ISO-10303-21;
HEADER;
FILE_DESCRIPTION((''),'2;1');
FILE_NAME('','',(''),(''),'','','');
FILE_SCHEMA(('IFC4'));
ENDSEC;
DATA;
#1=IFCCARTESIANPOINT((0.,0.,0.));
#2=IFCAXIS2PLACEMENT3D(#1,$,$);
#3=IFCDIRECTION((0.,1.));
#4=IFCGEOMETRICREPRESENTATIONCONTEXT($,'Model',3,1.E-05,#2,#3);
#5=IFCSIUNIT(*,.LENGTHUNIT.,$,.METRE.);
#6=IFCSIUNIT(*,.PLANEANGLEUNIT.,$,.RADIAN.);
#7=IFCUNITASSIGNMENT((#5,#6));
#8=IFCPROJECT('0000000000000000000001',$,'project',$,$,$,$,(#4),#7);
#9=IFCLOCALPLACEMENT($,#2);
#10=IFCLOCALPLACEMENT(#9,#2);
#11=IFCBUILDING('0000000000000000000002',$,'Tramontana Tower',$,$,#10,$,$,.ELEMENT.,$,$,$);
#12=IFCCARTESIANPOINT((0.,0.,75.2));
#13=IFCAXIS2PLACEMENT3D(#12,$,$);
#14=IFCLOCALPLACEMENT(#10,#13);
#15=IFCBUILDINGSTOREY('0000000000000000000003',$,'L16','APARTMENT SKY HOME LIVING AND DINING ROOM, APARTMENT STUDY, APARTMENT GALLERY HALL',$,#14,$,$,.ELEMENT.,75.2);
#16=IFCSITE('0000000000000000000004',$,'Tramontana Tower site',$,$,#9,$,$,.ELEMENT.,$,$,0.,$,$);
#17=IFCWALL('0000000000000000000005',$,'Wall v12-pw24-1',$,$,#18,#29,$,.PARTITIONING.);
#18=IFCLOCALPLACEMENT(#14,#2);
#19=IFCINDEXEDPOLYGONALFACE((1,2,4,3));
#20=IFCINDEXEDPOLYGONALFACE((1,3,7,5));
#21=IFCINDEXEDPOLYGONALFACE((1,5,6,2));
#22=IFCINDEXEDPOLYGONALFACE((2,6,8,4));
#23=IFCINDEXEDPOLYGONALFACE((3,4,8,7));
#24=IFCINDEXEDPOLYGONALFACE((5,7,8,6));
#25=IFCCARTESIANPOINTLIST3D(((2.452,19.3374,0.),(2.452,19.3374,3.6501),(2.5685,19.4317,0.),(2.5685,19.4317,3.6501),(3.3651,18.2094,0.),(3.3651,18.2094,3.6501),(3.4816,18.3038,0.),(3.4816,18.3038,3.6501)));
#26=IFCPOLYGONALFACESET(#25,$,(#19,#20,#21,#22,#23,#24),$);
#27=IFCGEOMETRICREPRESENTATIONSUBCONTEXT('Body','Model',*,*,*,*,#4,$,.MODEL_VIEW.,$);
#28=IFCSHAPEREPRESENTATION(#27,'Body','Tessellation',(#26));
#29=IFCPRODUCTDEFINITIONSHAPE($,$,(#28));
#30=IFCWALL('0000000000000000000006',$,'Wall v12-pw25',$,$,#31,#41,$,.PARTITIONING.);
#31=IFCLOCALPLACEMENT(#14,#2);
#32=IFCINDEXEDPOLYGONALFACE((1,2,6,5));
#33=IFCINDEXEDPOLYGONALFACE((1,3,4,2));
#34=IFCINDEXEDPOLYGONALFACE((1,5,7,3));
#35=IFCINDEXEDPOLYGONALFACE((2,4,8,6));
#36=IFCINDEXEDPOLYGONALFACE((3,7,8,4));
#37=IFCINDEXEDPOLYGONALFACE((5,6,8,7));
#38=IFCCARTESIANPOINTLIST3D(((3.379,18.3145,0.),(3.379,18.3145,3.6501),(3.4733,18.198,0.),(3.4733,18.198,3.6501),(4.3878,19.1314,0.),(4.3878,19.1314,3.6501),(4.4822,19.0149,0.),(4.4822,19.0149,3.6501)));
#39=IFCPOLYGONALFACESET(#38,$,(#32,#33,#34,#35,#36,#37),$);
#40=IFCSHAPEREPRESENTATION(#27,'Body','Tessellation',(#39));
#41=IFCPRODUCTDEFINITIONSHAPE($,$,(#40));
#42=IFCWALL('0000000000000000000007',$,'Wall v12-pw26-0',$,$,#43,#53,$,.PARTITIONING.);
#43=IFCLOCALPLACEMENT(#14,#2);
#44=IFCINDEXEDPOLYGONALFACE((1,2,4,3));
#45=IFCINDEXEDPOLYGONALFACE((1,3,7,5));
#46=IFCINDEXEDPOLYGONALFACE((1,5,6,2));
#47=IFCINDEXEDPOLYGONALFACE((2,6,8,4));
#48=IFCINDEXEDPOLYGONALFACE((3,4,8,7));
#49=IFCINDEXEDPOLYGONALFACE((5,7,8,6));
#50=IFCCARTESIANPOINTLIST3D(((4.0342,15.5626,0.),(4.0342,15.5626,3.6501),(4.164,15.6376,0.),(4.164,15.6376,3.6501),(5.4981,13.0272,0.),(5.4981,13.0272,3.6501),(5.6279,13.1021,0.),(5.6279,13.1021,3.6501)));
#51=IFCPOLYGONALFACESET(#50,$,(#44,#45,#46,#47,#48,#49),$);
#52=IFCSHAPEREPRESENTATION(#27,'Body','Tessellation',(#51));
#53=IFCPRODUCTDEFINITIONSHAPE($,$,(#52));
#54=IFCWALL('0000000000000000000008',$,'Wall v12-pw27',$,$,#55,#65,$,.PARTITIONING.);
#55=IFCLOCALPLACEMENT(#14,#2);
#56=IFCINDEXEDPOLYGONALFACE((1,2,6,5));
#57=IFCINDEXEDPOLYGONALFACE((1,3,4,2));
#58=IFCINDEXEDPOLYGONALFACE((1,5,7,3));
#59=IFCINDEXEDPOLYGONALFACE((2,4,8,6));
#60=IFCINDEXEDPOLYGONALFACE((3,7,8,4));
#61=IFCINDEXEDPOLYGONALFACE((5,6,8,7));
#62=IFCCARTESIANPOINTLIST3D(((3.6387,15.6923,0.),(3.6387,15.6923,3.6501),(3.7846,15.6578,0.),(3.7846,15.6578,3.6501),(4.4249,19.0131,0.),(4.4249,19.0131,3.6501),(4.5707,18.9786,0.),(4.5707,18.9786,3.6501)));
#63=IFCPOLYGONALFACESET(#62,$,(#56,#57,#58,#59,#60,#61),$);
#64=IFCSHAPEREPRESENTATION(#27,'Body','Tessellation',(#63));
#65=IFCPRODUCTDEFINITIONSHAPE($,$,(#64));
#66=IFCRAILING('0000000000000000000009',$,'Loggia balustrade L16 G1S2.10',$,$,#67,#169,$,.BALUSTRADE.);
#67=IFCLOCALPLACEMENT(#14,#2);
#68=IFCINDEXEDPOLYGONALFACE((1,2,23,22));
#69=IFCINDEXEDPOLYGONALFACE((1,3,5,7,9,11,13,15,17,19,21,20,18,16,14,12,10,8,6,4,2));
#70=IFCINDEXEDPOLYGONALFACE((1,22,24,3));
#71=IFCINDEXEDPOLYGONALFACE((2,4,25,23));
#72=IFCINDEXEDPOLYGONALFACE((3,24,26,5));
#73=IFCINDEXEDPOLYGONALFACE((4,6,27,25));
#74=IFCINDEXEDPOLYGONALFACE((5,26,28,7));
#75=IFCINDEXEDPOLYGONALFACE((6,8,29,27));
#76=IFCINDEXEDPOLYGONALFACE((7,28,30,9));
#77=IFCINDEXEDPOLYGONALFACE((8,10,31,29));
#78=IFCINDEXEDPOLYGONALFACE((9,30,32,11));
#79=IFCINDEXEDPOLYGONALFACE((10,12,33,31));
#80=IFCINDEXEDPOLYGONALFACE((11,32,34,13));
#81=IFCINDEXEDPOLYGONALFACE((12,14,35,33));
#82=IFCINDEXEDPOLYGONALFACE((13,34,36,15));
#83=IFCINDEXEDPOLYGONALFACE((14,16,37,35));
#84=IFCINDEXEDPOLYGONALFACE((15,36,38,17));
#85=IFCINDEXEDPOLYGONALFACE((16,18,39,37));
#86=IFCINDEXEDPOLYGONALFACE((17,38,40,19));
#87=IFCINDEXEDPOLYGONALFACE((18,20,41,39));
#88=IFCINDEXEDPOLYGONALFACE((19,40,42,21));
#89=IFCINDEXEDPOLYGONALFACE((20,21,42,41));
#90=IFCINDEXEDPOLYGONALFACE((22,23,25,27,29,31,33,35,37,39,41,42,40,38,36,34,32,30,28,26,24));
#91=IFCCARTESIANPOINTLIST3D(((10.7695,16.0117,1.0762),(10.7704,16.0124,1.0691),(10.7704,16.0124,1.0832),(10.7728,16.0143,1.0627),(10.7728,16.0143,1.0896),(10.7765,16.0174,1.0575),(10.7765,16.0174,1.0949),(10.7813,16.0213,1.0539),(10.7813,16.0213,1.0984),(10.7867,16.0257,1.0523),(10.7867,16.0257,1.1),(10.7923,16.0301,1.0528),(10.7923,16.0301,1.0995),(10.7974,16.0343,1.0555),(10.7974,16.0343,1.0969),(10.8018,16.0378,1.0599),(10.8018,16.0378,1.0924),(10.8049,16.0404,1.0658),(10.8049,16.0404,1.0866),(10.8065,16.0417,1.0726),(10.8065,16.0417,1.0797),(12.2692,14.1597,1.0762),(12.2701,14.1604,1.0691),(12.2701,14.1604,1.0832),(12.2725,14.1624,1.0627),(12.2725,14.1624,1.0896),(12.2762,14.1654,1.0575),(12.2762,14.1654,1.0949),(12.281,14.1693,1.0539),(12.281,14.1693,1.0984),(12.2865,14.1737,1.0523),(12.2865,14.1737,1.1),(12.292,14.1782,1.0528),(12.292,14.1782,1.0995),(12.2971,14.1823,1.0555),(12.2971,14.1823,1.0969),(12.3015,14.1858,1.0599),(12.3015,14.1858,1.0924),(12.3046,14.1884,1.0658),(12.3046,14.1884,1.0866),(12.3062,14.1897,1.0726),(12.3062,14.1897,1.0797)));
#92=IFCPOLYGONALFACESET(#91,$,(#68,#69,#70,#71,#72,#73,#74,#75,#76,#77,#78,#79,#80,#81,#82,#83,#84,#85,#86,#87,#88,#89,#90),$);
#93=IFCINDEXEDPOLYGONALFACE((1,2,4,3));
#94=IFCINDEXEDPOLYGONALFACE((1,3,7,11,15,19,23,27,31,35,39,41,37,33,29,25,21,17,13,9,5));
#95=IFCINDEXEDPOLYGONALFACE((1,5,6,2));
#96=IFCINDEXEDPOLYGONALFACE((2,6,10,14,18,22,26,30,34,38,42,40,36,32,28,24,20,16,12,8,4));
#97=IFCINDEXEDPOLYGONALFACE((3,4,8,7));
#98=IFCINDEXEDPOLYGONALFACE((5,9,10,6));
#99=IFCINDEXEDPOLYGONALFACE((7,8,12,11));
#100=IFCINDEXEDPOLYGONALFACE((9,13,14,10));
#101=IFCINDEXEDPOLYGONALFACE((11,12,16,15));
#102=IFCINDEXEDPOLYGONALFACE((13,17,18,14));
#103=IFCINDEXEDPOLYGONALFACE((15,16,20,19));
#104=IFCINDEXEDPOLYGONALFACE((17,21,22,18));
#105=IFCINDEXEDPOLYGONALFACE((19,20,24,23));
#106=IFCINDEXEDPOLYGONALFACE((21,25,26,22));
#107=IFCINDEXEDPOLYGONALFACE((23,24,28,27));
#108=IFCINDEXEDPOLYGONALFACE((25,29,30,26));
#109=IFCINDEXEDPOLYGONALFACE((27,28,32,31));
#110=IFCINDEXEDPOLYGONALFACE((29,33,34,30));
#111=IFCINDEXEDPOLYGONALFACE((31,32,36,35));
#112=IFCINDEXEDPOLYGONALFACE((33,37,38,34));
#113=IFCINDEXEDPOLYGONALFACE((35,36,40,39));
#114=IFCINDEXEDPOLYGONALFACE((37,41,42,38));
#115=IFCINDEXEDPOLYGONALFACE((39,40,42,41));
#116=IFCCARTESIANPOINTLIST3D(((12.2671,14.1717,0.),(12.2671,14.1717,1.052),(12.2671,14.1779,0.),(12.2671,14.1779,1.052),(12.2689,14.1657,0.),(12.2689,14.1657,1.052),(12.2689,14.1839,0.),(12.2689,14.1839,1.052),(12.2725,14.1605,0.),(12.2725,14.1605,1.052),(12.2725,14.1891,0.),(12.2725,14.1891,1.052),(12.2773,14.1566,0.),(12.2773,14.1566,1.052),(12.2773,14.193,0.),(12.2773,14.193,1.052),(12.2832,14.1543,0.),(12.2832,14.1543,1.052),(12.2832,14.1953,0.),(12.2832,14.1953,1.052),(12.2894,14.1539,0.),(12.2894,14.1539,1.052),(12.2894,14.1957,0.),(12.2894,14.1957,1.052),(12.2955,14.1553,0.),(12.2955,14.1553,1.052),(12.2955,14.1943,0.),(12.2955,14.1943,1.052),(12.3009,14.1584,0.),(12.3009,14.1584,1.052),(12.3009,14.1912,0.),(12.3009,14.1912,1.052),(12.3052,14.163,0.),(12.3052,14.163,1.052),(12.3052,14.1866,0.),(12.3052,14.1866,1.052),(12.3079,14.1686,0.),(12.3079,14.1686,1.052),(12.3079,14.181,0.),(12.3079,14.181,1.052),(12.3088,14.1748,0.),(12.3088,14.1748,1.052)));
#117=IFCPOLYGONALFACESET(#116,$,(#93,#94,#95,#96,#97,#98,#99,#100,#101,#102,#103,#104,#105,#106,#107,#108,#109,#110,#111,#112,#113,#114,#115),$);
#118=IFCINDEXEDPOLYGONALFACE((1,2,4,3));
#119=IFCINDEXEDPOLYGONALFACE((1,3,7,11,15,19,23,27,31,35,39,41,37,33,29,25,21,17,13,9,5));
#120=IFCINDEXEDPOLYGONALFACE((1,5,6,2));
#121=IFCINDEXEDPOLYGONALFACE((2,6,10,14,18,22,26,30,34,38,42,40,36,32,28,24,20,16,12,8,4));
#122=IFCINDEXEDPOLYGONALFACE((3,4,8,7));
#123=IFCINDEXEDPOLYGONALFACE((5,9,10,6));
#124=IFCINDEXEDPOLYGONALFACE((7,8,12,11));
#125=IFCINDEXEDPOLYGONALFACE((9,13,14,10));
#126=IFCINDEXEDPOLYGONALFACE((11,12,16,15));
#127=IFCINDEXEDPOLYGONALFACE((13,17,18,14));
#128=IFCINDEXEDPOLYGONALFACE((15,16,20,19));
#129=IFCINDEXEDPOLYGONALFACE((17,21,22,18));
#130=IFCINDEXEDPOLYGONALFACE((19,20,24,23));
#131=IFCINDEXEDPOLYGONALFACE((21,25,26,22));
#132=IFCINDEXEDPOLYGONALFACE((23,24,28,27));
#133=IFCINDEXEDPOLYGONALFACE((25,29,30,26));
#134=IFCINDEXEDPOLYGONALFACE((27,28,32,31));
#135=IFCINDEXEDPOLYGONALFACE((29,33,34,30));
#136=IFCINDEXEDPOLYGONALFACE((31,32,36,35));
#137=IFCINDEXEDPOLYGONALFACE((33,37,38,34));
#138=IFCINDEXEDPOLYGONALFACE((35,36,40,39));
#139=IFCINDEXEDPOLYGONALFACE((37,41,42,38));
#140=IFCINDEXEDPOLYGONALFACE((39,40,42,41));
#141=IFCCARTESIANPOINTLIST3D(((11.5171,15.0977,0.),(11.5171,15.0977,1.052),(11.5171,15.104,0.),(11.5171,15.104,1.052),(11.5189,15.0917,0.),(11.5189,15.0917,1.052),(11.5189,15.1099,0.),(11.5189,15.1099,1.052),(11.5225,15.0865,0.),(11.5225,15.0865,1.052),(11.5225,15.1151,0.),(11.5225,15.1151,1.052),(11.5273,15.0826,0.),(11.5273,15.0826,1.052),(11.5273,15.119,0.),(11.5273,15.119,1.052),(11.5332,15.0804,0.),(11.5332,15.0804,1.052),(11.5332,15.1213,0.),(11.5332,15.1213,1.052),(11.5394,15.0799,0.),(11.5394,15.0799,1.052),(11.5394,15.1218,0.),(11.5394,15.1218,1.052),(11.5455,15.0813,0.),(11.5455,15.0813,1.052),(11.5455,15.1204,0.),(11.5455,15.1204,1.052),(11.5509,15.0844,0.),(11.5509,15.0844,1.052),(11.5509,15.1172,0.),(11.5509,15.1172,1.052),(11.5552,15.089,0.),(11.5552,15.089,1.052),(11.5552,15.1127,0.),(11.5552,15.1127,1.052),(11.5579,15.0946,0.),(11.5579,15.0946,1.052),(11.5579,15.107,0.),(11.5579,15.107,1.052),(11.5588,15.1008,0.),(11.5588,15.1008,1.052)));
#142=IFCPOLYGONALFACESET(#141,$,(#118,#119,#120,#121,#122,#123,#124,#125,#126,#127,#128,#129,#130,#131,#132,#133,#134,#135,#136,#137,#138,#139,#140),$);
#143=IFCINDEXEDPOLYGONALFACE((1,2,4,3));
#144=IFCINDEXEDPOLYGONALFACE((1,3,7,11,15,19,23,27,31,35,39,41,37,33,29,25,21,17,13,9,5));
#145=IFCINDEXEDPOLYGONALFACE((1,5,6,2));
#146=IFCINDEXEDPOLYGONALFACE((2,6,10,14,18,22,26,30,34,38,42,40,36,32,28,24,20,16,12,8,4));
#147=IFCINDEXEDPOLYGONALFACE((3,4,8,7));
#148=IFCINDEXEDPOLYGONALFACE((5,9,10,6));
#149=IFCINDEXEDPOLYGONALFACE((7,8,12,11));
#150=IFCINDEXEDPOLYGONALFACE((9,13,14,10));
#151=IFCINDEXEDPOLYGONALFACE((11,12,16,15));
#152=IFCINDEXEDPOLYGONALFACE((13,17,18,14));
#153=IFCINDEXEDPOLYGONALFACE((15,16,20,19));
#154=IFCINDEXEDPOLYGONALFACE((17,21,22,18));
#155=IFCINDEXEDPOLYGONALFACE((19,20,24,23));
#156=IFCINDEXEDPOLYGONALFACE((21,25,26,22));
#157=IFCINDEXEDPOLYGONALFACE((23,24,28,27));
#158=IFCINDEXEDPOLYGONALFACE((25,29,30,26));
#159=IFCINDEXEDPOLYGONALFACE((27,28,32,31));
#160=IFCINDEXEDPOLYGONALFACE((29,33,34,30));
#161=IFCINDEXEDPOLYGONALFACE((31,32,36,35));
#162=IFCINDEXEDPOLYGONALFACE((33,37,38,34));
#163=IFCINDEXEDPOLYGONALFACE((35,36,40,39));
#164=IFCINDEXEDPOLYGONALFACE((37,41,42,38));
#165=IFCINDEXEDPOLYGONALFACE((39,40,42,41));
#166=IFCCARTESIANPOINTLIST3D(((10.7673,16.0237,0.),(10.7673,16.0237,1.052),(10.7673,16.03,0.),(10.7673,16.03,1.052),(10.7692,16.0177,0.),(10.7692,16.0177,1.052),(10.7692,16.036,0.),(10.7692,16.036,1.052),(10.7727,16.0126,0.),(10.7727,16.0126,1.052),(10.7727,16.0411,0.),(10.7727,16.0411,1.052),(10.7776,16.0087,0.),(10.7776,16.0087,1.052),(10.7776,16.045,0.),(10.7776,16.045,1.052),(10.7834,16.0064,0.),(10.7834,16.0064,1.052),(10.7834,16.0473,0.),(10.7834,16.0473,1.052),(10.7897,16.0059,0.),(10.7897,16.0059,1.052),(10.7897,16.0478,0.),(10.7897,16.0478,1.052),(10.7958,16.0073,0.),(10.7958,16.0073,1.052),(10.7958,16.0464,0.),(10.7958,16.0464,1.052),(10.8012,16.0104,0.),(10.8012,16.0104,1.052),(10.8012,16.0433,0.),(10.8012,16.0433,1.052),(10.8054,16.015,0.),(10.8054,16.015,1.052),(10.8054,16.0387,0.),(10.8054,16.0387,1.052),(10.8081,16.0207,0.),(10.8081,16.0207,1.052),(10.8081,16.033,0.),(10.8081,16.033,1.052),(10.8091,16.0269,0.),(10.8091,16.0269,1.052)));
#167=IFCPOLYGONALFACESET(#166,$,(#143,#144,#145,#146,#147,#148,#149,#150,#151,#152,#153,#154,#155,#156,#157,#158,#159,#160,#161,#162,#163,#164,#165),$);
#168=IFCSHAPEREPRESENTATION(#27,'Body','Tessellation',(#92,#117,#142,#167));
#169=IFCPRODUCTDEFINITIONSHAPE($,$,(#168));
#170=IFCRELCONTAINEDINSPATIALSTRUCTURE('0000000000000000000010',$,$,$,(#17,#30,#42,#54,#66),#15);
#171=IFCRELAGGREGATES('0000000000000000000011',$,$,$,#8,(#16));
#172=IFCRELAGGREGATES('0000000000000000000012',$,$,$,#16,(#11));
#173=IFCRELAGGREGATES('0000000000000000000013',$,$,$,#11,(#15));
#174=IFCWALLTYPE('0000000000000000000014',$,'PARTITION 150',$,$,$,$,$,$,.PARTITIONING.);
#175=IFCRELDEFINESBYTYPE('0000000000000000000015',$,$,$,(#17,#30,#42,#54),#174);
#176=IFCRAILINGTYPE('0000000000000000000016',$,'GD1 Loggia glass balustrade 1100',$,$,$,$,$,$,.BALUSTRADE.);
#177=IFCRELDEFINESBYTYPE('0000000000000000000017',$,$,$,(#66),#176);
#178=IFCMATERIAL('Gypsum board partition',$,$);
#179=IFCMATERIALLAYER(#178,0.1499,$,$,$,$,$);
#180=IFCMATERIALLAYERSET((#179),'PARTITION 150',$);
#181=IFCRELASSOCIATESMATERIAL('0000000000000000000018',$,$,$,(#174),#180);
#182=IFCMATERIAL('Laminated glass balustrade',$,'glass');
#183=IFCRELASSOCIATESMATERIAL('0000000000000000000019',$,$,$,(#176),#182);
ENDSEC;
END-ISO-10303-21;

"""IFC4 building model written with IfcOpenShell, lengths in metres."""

from ifc_helpers import new_model, si_unit, direction, frame, frame_2d, origin, origin_2d, place, context, subcontext, project, spatial, rectangle, circle, extrude, material, layer, layer_set, type_object, element, save


model = new_model("IFC4")

# Units and contexts
model_context = context("Model", 3, precision=1e-05, world=origin(), true_north=direction((0.0, 1.0)))
body_context = subcontext(model_context, "Body", "Model", "MODEL_VIEW")
ifc_project = project(units=[si_unit("LENGTHUNIT", "METRE"), si_unit("PLANEANGLEUNIT", "RADIAN")], contexts=[model_context])

# Site, building, storey
site_placement = place(None, origin())
site = spatial("IfcSite", under=ifc_project, at=site_placement, Name="Tramontana Tower site", CompositionType="ELEMENT", RefElevation=0.0)
building_placement = place(site_placement, origin())
building = spatial("IfcBuilding", under=site, at=building_placement, Name="Tramontana Tower", CompositionType="ELEMENT")
storey_placement = place(building_placement, frame((0.0, 0.0, 75.2)))
storey = spatial("IfcBuildingStorey", under=building, at=storey_placement, Name="L16", Description="APARTMENT SKY HOME LIVING AND DINING ROOM, APARTMENT STUDY, APARTMENT GALLERY HALL", CompositionType="ELEMENT", Elevation=75.2)

# Walls
ifc_material_1 = material(Name="Gypsum board partition")
ifc_layer_1 = layer(ifc_material_1, 0.1499)
ifc_layer_set_1 = layer_set([ifc_layer_1], Name="PARTITION 150")
wall_type_1 = type_object("IfcWallType", Name="PARTITION 150", PredefinedType="PARTITIONING", material=ifc_layer_set_1)
wall_1_placement = place(storey_placement, frame((2.5103, 19.3845, 0.0), z_axis=(0.0, 0.0, 1.0), x_axis=(0.629198, -0.777245, 0.0)))
element("IfcWall", 1, at=wall_1_placement, inside=storey, type_object=wall_type_1, Name="Wall v12-pw24-1", PredefinedType="PARTITIONING", context=body_context, shape_type="SweptSolid", body=[
    extrude(rectangle(XDim=1.4512, YDim=0.1499, at=frame_2d((0.7256, 0.0))), origin(), (0.0, 0.0, 1.0), 3.6501),
])
wall_2_placement = place(storey_placement, frame((3.4263, 18.2563, 0.0), z_axis=(0.0, 0.0, 1.0), x_axis=(0.777149, 0.629317, 0.0)))
element("IfcWall", 2, at=wall_2_placement, inside=storey, type_object=wall_type_1, Name="Wall v12-pw25", PredefinedType="PARTITIONING", context=body_context, shape_type="SweptSolid", body=[
    extrude(rectangle(XDim=1.2981, YDim=0.1499, at=frame_2d((0.6489, 0.0))), origin(), (0.0, 0.0, 1.0), 3.6501),
])
wall_3_placement = place(storey_placement, frame((4.0991, 15.6001, 0.0), z_axis=(0.0, 0.0, 1.0), x_axis=(0.500014, -0.866018, 0.0)))
element("IfcWall", 3, at=wall_3_placement, inside=storey, type_object=wall_type_1, Name="Wall v12-pw26-0", PredefinedType="PARTITIONING", context=body_context, shape_type="SweptSolid", body=[
    extrude(rectangle(XDim=2.9277, YDim=0.1499, at=frame_2d((1.4639, 0.0))), origin(), (0.0, 0.0, 1.0), 3.6501),
])
wall_4_placement = place(storey_placement, frame((4.4978, 18.9958, 0.0), z_axis=(0.0, 0.0, 1.0), x_axis=(-0.230363, -0.973105, 0.0)))
element("IfcWall", 4, at=wall_4_placement, inside=storey, type_object=wall_type_1, Name="Wall v12-pw27", PredefinedType="PARTITIONING", context=body_context, shape_type="SweptSolid", body=[
    extrude(rectangle(XDim=3.4126, YDim=0.1499, at=frame_2d((1.7063, 0.0))), origin(), (0.0, 0.0, 1.0), 3.6501),
])

# Railing
ifc_material_2 = material(Name="Laminated glass balustrade", Category="glass")
railing_type = type_object("IfcRailingType", Name="GD1 Loggia glass balustrade 1100", PredefinedType="BALUSTRADE", material=ifc_material_2)
railing_1_placement = place(storey_placement, frame((12.2878, 14.1748, 0.0)))
element("IfcRailing", 5, at=railing_1_placement, inside=storey, type_object=railing_type, Name="Loggia balustrade L16 G1S2.10", PredefinedType="BALUSTRADE", context=body_context, shape_type="SweptSolid", body=[
    extrude(circle(Radius=0.0239, at=origin_2d()), frame((0.0, 0.0, 1.0762), z_axis=(-0.629319, 0.777147, 0.0), x_axis=(-0.777147, -0.629319, 0.0)), (0.0, 0.0, 1.0), 2.3831),
    extrude(circle(Radius=0.021, at=origin_2d()), origin(), (0.0, 0.0, 1.0), 1.052),
    extrude(circle(Radius=0.021, at=origin_2d()), frame((-0.75, 0.926, 0.0)), (0.0, 0.0, 1.0), 1.052),
    extrude(circle(Radius=0.021, at=origin_2d()), frame((-1.4998, 1.8521, 0.0)), (0.0, 0.0, 1.0), 1.052),
])

save(model, "model.ifc")
